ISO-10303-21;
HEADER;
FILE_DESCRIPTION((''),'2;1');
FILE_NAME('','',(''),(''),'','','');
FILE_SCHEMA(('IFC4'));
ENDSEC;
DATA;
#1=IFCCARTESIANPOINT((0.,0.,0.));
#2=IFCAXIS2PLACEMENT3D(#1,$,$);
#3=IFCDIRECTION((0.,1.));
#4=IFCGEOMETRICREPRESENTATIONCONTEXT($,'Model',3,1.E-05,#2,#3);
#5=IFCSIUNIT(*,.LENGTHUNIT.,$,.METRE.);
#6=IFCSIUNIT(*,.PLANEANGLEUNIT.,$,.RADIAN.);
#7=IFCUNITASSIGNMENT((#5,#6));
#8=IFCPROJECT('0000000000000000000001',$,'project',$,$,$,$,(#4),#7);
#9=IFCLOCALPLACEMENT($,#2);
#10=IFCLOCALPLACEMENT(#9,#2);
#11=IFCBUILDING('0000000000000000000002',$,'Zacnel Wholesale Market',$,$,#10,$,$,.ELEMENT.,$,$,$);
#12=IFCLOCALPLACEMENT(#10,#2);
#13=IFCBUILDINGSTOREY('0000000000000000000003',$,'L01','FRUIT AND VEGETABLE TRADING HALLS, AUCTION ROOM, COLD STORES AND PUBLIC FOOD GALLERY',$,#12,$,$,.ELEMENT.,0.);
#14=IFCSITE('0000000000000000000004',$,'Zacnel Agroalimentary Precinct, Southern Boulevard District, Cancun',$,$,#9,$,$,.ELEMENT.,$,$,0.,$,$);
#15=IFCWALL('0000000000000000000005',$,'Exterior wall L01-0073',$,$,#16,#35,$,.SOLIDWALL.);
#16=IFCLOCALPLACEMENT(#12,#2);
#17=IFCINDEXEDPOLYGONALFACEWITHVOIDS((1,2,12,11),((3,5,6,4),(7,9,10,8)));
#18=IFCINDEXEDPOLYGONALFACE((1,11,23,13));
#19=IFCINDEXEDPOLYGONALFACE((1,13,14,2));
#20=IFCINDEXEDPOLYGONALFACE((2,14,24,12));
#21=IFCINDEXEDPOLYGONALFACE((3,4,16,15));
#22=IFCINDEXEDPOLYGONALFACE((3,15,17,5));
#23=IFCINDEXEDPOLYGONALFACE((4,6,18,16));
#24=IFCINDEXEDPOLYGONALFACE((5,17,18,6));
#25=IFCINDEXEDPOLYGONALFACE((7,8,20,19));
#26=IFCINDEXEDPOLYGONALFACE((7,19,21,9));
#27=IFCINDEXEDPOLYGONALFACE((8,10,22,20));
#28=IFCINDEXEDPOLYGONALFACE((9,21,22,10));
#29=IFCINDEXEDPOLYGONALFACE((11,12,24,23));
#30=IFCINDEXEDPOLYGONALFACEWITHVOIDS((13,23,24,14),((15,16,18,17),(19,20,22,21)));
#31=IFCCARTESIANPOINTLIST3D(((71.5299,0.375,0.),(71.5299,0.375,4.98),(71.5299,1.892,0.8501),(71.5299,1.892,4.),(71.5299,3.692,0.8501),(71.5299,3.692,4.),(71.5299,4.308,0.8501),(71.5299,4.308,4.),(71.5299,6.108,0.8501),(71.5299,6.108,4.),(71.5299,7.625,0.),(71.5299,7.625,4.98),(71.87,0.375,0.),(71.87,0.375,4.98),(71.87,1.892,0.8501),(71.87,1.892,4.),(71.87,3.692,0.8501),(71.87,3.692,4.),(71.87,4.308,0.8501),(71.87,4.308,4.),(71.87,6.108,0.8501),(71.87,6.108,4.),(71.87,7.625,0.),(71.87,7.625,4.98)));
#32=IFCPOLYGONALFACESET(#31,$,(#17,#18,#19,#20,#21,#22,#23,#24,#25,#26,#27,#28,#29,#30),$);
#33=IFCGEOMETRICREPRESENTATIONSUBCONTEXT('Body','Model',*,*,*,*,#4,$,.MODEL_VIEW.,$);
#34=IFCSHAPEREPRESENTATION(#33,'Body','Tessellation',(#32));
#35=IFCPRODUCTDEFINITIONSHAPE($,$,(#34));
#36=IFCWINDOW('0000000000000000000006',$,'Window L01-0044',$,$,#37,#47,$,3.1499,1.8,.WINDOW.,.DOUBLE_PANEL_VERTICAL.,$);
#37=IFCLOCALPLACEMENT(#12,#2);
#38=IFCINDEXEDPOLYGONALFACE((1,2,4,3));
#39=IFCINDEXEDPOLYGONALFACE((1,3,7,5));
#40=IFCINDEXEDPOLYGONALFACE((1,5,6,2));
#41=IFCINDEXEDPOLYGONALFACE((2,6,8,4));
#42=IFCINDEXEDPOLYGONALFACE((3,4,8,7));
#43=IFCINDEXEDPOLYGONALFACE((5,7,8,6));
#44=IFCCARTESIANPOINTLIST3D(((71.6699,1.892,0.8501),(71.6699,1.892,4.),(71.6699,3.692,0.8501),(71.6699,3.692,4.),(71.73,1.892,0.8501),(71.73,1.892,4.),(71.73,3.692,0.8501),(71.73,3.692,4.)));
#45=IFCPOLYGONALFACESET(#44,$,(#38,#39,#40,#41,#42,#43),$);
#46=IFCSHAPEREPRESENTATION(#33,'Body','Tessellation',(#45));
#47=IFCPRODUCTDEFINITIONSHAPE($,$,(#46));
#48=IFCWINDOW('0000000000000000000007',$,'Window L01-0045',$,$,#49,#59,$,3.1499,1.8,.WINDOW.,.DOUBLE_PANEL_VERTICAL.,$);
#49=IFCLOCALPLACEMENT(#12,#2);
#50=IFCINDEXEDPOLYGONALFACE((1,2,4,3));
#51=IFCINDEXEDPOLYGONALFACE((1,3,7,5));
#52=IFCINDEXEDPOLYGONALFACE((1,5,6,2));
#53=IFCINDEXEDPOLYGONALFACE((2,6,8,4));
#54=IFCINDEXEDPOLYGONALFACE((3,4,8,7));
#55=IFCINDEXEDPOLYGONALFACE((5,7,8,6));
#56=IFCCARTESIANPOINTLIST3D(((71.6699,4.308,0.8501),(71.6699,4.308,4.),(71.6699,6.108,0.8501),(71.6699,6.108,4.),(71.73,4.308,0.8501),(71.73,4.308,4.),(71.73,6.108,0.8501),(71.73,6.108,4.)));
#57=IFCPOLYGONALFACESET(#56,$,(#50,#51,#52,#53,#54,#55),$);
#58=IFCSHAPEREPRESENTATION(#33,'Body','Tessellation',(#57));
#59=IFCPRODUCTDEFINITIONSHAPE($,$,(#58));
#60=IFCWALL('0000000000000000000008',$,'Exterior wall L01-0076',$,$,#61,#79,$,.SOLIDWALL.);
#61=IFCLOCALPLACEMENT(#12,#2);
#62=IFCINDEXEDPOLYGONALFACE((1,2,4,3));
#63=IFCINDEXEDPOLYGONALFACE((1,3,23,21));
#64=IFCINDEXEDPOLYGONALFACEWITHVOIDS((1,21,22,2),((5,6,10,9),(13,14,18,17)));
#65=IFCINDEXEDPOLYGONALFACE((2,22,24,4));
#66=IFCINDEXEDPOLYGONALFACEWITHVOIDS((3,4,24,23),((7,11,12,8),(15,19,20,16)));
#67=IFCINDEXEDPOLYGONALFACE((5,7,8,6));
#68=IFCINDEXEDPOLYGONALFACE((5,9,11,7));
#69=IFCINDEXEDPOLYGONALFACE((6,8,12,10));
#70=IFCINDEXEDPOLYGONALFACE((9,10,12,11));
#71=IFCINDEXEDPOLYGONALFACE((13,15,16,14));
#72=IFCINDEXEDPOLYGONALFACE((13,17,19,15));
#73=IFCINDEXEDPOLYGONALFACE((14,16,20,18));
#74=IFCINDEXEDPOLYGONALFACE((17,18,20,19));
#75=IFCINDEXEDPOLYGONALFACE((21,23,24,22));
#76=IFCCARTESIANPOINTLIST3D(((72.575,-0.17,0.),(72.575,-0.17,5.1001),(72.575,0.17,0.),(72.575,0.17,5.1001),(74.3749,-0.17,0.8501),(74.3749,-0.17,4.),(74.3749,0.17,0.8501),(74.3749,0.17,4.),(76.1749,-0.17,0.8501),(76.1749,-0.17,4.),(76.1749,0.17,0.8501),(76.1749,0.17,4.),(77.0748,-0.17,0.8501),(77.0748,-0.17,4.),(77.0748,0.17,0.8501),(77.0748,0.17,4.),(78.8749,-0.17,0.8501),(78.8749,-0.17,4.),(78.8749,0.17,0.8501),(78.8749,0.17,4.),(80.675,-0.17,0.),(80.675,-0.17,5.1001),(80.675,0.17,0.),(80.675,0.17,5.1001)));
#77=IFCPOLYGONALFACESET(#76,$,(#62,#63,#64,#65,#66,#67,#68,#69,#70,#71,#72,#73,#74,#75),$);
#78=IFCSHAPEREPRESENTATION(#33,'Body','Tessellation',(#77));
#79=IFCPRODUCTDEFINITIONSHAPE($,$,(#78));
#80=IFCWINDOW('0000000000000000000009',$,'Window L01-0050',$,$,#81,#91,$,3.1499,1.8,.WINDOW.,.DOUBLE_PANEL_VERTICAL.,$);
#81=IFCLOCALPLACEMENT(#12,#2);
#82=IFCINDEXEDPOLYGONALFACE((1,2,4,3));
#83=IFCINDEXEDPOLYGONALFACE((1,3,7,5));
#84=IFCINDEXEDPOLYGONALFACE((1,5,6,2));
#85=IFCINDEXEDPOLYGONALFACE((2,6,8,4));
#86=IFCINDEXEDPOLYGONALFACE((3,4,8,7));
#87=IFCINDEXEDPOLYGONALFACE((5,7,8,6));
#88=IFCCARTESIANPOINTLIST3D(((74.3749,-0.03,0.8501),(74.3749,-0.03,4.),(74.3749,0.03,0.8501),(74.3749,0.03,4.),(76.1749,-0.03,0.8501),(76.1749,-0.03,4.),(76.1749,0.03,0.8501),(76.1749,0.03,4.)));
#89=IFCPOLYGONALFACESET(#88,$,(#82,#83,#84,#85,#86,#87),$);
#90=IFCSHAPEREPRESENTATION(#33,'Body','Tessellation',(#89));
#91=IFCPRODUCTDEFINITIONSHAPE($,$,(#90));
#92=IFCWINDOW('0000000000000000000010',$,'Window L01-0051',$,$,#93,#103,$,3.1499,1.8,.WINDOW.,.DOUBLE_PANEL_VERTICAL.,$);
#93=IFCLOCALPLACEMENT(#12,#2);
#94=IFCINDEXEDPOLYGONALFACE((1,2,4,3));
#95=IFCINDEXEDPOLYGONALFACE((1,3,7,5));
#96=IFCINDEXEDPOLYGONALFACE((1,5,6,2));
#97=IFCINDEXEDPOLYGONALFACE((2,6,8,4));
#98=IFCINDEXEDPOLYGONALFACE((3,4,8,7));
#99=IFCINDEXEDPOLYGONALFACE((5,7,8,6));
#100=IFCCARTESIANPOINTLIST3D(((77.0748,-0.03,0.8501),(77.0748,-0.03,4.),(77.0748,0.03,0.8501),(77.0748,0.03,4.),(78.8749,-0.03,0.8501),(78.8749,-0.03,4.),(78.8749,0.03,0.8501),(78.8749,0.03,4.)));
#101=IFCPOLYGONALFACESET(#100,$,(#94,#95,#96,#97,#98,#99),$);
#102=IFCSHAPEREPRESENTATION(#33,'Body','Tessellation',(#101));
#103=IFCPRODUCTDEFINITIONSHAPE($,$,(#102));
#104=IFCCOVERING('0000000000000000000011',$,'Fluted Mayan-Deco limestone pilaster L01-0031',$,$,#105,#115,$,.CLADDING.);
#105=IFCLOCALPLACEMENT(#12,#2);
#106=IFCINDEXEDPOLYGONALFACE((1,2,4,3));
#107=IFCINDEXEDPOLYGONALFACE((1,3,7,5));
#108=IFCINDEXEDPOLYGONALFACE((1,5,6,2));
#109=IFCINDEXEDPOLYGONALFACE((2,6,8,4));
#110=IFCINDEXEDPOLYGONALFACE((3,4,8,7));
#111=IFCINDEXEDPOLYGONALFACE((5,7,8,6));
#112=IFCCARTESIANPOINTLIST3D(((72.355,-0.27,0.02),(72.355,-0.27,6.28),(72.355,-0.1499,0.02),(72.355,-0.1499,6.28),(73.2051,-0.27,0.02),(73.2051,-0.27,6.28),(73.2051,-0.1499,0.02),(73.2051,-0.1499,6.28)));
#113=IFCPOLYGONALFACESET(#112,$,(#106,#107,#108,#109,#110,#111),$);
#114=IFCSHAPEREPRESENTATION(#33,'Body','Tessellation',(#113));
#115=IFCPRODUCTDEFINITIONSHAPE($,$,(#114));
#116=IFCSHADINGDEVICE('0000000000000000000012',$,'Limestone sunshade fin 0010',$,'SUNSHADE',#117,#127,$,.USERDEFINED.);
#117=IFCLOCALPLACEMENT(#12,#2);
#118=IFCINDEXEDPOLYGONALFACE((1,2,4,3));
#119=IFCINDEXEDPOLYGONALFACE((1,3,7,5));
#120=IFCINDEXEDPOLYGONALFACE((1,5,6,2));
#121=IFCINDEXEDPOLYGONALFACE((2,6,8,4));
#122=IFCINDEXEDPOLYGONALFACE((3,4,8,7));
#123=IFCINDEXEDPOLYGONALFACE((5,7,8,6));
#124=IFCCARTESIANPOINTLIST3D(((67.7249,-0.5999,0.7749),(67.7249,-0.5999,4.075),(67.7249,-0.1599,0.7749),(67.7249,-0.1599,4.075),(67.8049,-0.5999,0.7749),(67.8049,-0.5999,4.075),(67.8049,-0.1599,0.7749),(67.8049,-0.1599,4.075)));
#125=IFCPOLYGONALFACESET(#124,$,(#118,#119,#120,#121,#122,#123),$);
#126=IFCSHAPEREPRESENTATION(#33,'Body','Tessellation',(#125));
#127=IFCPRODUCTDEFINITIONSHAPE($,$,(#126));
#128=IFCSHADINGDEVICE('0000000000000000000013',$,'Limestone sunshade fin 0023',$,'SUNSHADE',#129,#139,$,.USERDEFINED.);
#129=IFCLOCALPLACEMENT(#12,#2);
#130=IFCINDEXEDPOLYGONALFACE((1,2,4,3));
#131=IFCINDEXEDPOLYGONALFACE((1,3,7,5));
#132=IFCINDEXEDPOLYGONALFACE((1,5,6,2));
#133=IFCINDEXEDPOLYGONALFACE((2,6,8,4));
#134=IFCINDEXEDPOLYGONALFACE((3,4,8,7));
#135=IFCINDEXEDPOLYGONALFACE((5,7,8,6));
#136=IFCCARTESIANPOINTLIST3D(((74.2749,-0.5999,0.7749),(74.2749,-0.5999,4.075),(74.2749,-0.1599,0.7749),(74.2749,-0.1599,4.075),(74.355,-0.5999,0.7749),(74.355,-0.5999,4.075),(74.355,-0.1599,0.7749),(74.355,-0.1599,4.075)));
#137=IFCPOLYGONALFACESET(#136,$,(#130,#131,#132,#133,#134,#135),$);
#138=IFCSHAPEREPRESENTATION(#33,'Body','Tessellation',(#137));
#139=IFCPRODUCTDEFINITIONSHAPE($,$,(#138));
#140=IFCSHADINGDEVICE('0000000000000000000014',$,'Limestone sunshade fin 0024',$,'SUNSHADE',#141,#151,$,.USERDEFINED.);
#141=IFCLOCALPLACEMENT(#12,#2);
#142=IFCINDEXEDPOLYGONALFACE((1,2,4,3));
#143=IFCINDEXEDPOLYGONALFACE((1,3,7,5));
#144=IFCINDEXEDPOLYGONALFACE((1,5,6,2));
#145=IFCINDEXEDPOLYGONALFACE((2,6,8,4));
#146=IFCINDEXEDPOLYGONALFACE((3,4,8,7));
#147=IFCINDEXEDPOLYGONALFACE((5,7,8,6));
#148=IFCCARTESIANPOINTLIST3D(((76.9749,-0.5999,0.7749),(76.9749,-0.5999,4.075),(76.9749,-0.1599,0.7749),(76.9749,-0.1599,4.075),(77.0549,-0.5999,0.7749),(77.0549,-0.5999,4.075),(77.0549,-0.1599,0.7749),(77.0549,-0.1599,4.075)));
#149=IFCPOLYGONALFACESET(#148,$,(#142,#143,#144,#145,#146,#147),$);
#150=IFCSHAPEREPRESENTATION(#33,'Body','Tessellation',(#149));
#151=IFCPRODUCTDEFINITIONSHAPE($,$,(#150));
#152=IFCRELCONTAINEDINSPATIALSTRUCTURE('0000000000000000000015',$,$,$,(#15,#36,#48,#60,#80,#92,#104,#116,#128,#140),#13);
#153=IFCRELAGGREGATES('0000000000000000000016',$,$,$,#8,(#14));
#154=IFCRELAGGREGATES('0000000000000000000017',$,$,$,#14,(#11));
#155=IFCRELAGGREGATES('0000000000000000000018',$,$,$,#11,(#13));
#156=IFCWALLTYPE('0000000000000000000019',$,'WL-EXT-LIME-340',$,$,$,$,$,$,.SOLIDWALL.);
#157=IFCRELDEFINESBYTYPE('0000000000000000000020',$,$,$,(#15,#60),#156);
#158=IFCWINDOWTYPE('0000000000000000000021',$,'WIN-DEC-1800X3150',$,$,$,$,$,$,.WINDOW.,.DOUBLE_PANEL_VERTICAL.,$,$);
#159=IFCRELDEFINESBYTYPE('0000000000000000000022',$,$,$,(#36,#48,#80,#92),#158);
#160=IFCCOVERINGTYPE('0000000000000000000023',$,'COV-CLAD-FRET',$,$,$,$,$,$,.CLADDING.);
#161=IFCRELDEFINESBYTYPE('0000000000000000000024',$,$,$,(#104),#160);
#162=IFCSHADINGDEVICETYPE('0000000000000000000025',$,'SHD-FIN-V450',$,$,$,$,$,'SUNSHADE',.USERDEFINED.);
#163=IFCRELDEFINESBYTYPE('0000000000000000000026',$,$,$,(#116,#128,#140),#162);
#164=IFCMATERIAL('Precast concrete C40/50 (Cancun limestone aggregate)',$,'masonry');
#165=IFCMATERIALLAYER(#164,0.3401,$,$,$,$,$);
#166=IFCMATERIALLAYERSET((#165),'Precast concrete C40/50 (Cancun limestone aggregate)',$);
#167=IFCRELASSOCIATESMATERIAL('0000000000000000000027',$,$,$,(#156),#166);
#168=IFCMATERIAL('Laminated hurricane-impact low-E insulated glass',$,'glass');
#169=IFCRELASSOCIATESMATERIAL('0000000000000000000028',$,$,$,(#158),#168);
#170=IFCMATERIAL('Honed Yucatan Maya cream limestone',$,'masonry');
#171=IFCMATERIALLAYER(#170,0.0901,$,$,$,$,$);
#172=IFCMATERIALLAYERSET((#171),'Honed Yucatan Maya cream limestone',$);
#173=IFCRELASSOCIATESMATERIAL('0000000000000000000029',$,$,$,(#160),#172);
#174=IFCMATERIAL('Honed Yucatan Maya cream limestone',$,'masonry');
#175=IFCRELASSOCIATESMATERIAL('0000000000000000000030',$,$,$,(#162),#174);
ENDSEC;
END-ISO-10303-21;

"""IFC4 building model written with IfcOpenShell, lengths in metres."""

from ifc_helpers import new_model, si_unit, direction, frame, frame_2d, origin, origin_2d, place, context, subcontext, project, spatial, rectangle, extrude, material, layer, layer_set, type_object, element, fill, save


model = new_model("IFC4")

# Units and contexts
model_context = context("Model", 3, precision=1e-05, world=origin(), true_north=direction((0.0, 1.0)))
body_context = subcontext(model_context, "Body", "Model", "MODEL_VIEW")
ifc_project = project(units=[si_unit("LENGTHUNIT", "METRE"), si_unit("PLANEANGLEUNIT", "RADIAN")], contexts=[model_context])

# Site, building, storey
site_placement = place(None, origin())
site = spatial("IfcSite", under=ifc_project, at=site_placement, Name="Zacnel Agroalimentary Precinct, Southern Boulevard District, Cancun", CompositionType="ELEMENT", RefElevation=0.0)
building_placement = place(site_placement, origin())
building = spatial("IfcBuilding", under=site, at=building_placement, Name="Zacnel Wholesale Market", CompositionType="ELEMENT")
storey_placement = place(building_placement, origin())
storey = spatial("IfcBuildingStorey", under=building, at=storey_placement, Name="L01", Description="FRUIT AND VEGETABLE TRADING HALLS, AUCTION ROOM, COLD STORES AND PUBLIC FOOD GALLERY", CompositionType="ELEMENT", Elevation=0.0)

# Walls, openings, windows
ifc_material_1 = material(Name="Precast concrete C40/50 (Cancun limestone aggregate)", Category="masonry")
ifc_layer_1 = layer(ifc_material_1, 0.3401)
ifc_layer_set_1 = layer_set([ifc_layer_1], Name="Precast concrete C40/50 (Cancun limestone aggregate)")
wall_type = type_object("IfcWallType", Name="WL-EXT-LIME-340", PredefinedType="SOLIDWALL", material=ifc_layer_set_1)
wall_1_placement = place(storey_placement, frame((71.7, 0.375, 0.0), z_axis=(0.0, 0.0, 1.0), x_axis=(0.0, 1.0, 0.0)))
wall_1 = element("IfcWall", 1, at=wall_1_placement, inside=storey, type_object=wall_type, Name="Exterior wall L01-0073", PredefinedType="SOLIDWALL", context=body_context, shape_type="SweptSolid", body=[
    extrude(rectangle(XDim=7.25, YDim=0.3401, at=frame_2d((3.625, 0.0))), origin(), (0.0, 0.0, 1.0), 4.98),
])
opening_1_placement = place(wall_1_placement, frame((1.5171, 0.0, 0.8501)))
opening_1 = element("IfcOpeningElement", 2, at=opening_1_placement, cuts=wall_1, PredefinedType="OPENING", context=body_context, shape_type="SweptSolid", body=[
    extrude(rectangle(XDim=1.8, YDim=3.1499, at=frame_2d((0.8999, 1.575))), frame((0.0, 0.1799, 0.0), z_axis=(0.0, -1.0, 0.0), x_axis=(1.0, 0.0, 0.0)), (0.0, 0.0, 1.0), 0.3601),
])
opening_2_placement = place(wall_1_placement, frame((3.9331, 0.0, 0.8501)))
opening_2 = element("IfcOpeningElement", 3, at=opening_2_placement, cuts=wall_1, PredefinedType="OPENING", context=body_context, shape_type="SweptSolid", body=[
    extrude(rectangle(XDim=1.8, YDim=3.1499, at=frame_2d((0.8999, 1.575))), frame((0.0, 0.1799, 0.0), z_axis=(0.0, -1.0, 0.0), x_axis=(1.0, 0.0, 0.0)), (0.0, 0.0, 1.0), 0.3601),
])
ifc_material_2 = material(Name="Laminated hurricane-impact low-E insulated glass", Category="glass")
window_type = type_object("IfcWindowType", Name="WIN-DEC-1800X3150", PartitioningType="DOUBLE_PANEL_VERTICAL", PredefinedType="WINDOW", material=ifc_material_2)
window_1_placement = place(opening_1_placement, origin())
window_1 = element("IfcWindow", 4, at=window_1_placement, inside=storey, type_object=window_type, Name="Window L01-0044", OverallHeight=3.1499, OverallWidth=1.8, PartitioningType="DOUBLE_PANEL_VERTICAL", PredefinedType="WINDOW", context=body_context, shape_type="SweptSolid", body=[
    extrude(rectangle(XDim=1.8, YDim=3.1499, at=frame_2d((0.8999, 1.575))), frame((0.0, 0.03, 0.0), z_axis=(0.0, -1.0, 0.0), x_axis=(1.0, 0.0, 0.0)), (0.0, 0.0, 1.0), 0.0601),
])
fill(opening_1, window_1)
window_2_placement = place(opening_2_placement, origin())
window_2 = element("IfcWindow", 5, at=window_2_placement, inside=storey, type_object=window_type, Name="Window L01-0045", OverallHeight=3.1499, OverallWidth=1.8, PartitioningType="DOUBLE_PANEL_VERTICAL", PredefinedType="WINDOW", context=body_context, shape_type="SweptSolid", body=[
    extrude(rectangle(XDim=1.8, YDim=3.1499, at=frame_2d((0.8999, 1.575))), frame((0.0, 0.03, 0.0), z_axis=(0.0, -1.0, 0.0), x_axis=(1.0, 0.0, 0.0)), (0.0, 0.0, 1.0), 0.0601),
])
fill(opening_2, window_2)
wall_2_placement = place(storey_placement, frame((72.575, 0.0, 0.0), z_axis=(0.0, 0.0, 1.0), x_axis=(1.0, 0.0, 0.0)))
wall_2 = element("IfcWall", 6, at=wall_2_placement, inside=storey, type_object=wall_type, Name="Exterior wall L01-0076", PredefinedType="SOLIDWALL", context=body_context, shape_type="SweptSolid", body=[
    extrude(rectangle(XDim=8.1001, YDim=0.3401, at=frame_2d((4.05, 0.0))), origin(), (0.0, 0.0, 1.0), 5.1001),
])
opening_3_placement = place(wall_2_placement, frame((1.8, 0.0, 0.8501)))
opening_3 = element("IfcOpeningElement", 7, at=opening_3_placement, cuts=wall_2, PredefinedType="OPENING", context=body_context, shape_type="SweptSolid", body=[
    extrude(rectangle(XDim=1.8, YDim=3.1499, at=frame_2d((0.8999, 1.575))), frame((0.0, 0.1799, 0.0), z_axis=(0.0, -1.0, 0.0), x_axis=(1.0, 0.0, 0.0)), (0.0, 0.0, 1.0), 0.3601),
])
opening_4_placement = place(wall_2_placement, frame((4.5, 0.0, 0.8501)))
opening_4 = element("IfcOpeningElement", 8, at=opening_4_placement, cuts=wall_2, PredefinedType="OPENING", context=body_context, shape_type="SweptSolid", body=[
    extrude(rectangle(XDim=1.8, YDim=3.1499, at=frame_2d((0.8999, 1.575))), frame((0.0, 0.1799, 0.0), z_axis=(0.0, -1.0, 0.0), x_axis=(1.0, 0.0, 0.0)), (0.0, 0.0, 1.0), 0.3601),
])
window_3_placement = place(opening_3_placement, origin())
window_3 = element("IfcWindow", 9, at=window_3_placement, inside=storey, type_object=window_type, Name="Window L01-0050", OverallHeight=3.1499, OverallWidth=1.8, PartitioningType="DOUBLE_PANEL_VERTICAL", PredefinedType="WINDOW", context=body_context, shape_type="SweptSolid", body=[
    extrude(rectangle(XDim=1.8, YDim=3.1499, at=frame_2d((0.8999, 1.575))), frame((0.0, 0.03, 0.0), z_axis=(0.0, -1.0, 0.0), x_axis=(1.0, 0.0, 0.0)), (0.0, 0.0, 1.0), 0.0601),
])
fill(opening_3, window_3)
window_4_placement = place(opening_4_placement, origin())
window_4 = element("IfcWindow", 10, at=window_4_placement, inside=storey, type_object=window_type, Name="Window L01-0051", OverallHeight=3.1499, OverallWidth=1.8, PartitioningType="DOUBLE_PANEL_VERTICAL", PredefinedType="WINDOW", context=body_context, shape_type="SweptSolid", body=[
    extrude(rectangle(XDim=1.8, YDim=3.1499, at=frame_2d((0.8999, 1.575))), frame((0.0, 0.03, 0.0), z_axis=(0.0, -1.0, 0.0), x_axis=(1.0, 0.0, 0.0)), (0.0, 0.0, 1.0), 0.0601),
])
fill(opening_4, window_4)

# Covering
ifc_material_3 = material(Name="Honed Yucatan Maya cream limestone", Category="masonry")
ifc_layer_2 = layer(ifc_material_3, 0.0901)
ifc_layer_set_2 = layer_set([ifc_layer_2], Name="Honed Yucatan Maya cream limestone")
covering_type = type_object("IfcCoveringType", Name="COV-CLAD-FRET", PredefinedType="CLADDING", material=ifc_layer_set_2)
covering_placement = place(storey_placement, frame((72.78, -0.21, 0.02), z_axis=(0.0, 0.0, 1.0), x_axis=(1.0, 0.0, 0.0)))
element("IfcCovering", 11, at=covering_placement, inside=storey, type_object=covering_type, Name="Fluted Mayan-Deco limestone pilaster L01-0031", PredefinedType="CLADDING", context=body_context, shape_type="SweptSolid", body=[
    extrude(rectangle(XDim=0.8501, YDim=0.1201, at=origin_2d()), origin(), (0.0, 0.0, 1.0), 6.26),
])

# Shading devices
ifc_material_4 = material(Name="Honed Yucatan Maya cream limestone", Category="masonry")
shading_device_type = type_object("IfcShadingDeviceType", Name="SHD-FIN-V450", ElementType="SUNSHADE", PredefinedType="USERDEFINED", material=ifc_material_4)
for number, where, z_axis, x_axis, name in (
    (12, (67.7649, -0.3799, 0.7749), (0.0, 0.0, 1.0), (1.0, 0.0, 0.0), "Limestone sunshade fin 0010"),
    (13, (74.3149, -0.3799, 0.7749), (0.0, 0.0, 1.0), (1.0, 0.0, 0.0), "Limestone sunshade fin 0023"),
    (14, (77.0149, -0.3799, 0.7749), (0.0, 0.0, 1.0), (1.0, 0.0, 0.0), "Limestone sunshade fin 0024"),
):
    element("IfcShadingDevice", number, at=place(storey_placement, frame(where, z_axis=z_axis, x_axis=x_axis)), inside=storey, type_object=shading_device_type, Name=name, ObjectType="SUNSHADE", PredefinedType="USERDEFINED", context=body_context, shape_type="SweptSolid", body=[
        extrude(rectangle(XDim=0.0801, YDim=0.4399, at=origin_2d()), origin(), (0.0, 0.0, 1.0), 3.3),
    ])

save(model, "model.ifc")
